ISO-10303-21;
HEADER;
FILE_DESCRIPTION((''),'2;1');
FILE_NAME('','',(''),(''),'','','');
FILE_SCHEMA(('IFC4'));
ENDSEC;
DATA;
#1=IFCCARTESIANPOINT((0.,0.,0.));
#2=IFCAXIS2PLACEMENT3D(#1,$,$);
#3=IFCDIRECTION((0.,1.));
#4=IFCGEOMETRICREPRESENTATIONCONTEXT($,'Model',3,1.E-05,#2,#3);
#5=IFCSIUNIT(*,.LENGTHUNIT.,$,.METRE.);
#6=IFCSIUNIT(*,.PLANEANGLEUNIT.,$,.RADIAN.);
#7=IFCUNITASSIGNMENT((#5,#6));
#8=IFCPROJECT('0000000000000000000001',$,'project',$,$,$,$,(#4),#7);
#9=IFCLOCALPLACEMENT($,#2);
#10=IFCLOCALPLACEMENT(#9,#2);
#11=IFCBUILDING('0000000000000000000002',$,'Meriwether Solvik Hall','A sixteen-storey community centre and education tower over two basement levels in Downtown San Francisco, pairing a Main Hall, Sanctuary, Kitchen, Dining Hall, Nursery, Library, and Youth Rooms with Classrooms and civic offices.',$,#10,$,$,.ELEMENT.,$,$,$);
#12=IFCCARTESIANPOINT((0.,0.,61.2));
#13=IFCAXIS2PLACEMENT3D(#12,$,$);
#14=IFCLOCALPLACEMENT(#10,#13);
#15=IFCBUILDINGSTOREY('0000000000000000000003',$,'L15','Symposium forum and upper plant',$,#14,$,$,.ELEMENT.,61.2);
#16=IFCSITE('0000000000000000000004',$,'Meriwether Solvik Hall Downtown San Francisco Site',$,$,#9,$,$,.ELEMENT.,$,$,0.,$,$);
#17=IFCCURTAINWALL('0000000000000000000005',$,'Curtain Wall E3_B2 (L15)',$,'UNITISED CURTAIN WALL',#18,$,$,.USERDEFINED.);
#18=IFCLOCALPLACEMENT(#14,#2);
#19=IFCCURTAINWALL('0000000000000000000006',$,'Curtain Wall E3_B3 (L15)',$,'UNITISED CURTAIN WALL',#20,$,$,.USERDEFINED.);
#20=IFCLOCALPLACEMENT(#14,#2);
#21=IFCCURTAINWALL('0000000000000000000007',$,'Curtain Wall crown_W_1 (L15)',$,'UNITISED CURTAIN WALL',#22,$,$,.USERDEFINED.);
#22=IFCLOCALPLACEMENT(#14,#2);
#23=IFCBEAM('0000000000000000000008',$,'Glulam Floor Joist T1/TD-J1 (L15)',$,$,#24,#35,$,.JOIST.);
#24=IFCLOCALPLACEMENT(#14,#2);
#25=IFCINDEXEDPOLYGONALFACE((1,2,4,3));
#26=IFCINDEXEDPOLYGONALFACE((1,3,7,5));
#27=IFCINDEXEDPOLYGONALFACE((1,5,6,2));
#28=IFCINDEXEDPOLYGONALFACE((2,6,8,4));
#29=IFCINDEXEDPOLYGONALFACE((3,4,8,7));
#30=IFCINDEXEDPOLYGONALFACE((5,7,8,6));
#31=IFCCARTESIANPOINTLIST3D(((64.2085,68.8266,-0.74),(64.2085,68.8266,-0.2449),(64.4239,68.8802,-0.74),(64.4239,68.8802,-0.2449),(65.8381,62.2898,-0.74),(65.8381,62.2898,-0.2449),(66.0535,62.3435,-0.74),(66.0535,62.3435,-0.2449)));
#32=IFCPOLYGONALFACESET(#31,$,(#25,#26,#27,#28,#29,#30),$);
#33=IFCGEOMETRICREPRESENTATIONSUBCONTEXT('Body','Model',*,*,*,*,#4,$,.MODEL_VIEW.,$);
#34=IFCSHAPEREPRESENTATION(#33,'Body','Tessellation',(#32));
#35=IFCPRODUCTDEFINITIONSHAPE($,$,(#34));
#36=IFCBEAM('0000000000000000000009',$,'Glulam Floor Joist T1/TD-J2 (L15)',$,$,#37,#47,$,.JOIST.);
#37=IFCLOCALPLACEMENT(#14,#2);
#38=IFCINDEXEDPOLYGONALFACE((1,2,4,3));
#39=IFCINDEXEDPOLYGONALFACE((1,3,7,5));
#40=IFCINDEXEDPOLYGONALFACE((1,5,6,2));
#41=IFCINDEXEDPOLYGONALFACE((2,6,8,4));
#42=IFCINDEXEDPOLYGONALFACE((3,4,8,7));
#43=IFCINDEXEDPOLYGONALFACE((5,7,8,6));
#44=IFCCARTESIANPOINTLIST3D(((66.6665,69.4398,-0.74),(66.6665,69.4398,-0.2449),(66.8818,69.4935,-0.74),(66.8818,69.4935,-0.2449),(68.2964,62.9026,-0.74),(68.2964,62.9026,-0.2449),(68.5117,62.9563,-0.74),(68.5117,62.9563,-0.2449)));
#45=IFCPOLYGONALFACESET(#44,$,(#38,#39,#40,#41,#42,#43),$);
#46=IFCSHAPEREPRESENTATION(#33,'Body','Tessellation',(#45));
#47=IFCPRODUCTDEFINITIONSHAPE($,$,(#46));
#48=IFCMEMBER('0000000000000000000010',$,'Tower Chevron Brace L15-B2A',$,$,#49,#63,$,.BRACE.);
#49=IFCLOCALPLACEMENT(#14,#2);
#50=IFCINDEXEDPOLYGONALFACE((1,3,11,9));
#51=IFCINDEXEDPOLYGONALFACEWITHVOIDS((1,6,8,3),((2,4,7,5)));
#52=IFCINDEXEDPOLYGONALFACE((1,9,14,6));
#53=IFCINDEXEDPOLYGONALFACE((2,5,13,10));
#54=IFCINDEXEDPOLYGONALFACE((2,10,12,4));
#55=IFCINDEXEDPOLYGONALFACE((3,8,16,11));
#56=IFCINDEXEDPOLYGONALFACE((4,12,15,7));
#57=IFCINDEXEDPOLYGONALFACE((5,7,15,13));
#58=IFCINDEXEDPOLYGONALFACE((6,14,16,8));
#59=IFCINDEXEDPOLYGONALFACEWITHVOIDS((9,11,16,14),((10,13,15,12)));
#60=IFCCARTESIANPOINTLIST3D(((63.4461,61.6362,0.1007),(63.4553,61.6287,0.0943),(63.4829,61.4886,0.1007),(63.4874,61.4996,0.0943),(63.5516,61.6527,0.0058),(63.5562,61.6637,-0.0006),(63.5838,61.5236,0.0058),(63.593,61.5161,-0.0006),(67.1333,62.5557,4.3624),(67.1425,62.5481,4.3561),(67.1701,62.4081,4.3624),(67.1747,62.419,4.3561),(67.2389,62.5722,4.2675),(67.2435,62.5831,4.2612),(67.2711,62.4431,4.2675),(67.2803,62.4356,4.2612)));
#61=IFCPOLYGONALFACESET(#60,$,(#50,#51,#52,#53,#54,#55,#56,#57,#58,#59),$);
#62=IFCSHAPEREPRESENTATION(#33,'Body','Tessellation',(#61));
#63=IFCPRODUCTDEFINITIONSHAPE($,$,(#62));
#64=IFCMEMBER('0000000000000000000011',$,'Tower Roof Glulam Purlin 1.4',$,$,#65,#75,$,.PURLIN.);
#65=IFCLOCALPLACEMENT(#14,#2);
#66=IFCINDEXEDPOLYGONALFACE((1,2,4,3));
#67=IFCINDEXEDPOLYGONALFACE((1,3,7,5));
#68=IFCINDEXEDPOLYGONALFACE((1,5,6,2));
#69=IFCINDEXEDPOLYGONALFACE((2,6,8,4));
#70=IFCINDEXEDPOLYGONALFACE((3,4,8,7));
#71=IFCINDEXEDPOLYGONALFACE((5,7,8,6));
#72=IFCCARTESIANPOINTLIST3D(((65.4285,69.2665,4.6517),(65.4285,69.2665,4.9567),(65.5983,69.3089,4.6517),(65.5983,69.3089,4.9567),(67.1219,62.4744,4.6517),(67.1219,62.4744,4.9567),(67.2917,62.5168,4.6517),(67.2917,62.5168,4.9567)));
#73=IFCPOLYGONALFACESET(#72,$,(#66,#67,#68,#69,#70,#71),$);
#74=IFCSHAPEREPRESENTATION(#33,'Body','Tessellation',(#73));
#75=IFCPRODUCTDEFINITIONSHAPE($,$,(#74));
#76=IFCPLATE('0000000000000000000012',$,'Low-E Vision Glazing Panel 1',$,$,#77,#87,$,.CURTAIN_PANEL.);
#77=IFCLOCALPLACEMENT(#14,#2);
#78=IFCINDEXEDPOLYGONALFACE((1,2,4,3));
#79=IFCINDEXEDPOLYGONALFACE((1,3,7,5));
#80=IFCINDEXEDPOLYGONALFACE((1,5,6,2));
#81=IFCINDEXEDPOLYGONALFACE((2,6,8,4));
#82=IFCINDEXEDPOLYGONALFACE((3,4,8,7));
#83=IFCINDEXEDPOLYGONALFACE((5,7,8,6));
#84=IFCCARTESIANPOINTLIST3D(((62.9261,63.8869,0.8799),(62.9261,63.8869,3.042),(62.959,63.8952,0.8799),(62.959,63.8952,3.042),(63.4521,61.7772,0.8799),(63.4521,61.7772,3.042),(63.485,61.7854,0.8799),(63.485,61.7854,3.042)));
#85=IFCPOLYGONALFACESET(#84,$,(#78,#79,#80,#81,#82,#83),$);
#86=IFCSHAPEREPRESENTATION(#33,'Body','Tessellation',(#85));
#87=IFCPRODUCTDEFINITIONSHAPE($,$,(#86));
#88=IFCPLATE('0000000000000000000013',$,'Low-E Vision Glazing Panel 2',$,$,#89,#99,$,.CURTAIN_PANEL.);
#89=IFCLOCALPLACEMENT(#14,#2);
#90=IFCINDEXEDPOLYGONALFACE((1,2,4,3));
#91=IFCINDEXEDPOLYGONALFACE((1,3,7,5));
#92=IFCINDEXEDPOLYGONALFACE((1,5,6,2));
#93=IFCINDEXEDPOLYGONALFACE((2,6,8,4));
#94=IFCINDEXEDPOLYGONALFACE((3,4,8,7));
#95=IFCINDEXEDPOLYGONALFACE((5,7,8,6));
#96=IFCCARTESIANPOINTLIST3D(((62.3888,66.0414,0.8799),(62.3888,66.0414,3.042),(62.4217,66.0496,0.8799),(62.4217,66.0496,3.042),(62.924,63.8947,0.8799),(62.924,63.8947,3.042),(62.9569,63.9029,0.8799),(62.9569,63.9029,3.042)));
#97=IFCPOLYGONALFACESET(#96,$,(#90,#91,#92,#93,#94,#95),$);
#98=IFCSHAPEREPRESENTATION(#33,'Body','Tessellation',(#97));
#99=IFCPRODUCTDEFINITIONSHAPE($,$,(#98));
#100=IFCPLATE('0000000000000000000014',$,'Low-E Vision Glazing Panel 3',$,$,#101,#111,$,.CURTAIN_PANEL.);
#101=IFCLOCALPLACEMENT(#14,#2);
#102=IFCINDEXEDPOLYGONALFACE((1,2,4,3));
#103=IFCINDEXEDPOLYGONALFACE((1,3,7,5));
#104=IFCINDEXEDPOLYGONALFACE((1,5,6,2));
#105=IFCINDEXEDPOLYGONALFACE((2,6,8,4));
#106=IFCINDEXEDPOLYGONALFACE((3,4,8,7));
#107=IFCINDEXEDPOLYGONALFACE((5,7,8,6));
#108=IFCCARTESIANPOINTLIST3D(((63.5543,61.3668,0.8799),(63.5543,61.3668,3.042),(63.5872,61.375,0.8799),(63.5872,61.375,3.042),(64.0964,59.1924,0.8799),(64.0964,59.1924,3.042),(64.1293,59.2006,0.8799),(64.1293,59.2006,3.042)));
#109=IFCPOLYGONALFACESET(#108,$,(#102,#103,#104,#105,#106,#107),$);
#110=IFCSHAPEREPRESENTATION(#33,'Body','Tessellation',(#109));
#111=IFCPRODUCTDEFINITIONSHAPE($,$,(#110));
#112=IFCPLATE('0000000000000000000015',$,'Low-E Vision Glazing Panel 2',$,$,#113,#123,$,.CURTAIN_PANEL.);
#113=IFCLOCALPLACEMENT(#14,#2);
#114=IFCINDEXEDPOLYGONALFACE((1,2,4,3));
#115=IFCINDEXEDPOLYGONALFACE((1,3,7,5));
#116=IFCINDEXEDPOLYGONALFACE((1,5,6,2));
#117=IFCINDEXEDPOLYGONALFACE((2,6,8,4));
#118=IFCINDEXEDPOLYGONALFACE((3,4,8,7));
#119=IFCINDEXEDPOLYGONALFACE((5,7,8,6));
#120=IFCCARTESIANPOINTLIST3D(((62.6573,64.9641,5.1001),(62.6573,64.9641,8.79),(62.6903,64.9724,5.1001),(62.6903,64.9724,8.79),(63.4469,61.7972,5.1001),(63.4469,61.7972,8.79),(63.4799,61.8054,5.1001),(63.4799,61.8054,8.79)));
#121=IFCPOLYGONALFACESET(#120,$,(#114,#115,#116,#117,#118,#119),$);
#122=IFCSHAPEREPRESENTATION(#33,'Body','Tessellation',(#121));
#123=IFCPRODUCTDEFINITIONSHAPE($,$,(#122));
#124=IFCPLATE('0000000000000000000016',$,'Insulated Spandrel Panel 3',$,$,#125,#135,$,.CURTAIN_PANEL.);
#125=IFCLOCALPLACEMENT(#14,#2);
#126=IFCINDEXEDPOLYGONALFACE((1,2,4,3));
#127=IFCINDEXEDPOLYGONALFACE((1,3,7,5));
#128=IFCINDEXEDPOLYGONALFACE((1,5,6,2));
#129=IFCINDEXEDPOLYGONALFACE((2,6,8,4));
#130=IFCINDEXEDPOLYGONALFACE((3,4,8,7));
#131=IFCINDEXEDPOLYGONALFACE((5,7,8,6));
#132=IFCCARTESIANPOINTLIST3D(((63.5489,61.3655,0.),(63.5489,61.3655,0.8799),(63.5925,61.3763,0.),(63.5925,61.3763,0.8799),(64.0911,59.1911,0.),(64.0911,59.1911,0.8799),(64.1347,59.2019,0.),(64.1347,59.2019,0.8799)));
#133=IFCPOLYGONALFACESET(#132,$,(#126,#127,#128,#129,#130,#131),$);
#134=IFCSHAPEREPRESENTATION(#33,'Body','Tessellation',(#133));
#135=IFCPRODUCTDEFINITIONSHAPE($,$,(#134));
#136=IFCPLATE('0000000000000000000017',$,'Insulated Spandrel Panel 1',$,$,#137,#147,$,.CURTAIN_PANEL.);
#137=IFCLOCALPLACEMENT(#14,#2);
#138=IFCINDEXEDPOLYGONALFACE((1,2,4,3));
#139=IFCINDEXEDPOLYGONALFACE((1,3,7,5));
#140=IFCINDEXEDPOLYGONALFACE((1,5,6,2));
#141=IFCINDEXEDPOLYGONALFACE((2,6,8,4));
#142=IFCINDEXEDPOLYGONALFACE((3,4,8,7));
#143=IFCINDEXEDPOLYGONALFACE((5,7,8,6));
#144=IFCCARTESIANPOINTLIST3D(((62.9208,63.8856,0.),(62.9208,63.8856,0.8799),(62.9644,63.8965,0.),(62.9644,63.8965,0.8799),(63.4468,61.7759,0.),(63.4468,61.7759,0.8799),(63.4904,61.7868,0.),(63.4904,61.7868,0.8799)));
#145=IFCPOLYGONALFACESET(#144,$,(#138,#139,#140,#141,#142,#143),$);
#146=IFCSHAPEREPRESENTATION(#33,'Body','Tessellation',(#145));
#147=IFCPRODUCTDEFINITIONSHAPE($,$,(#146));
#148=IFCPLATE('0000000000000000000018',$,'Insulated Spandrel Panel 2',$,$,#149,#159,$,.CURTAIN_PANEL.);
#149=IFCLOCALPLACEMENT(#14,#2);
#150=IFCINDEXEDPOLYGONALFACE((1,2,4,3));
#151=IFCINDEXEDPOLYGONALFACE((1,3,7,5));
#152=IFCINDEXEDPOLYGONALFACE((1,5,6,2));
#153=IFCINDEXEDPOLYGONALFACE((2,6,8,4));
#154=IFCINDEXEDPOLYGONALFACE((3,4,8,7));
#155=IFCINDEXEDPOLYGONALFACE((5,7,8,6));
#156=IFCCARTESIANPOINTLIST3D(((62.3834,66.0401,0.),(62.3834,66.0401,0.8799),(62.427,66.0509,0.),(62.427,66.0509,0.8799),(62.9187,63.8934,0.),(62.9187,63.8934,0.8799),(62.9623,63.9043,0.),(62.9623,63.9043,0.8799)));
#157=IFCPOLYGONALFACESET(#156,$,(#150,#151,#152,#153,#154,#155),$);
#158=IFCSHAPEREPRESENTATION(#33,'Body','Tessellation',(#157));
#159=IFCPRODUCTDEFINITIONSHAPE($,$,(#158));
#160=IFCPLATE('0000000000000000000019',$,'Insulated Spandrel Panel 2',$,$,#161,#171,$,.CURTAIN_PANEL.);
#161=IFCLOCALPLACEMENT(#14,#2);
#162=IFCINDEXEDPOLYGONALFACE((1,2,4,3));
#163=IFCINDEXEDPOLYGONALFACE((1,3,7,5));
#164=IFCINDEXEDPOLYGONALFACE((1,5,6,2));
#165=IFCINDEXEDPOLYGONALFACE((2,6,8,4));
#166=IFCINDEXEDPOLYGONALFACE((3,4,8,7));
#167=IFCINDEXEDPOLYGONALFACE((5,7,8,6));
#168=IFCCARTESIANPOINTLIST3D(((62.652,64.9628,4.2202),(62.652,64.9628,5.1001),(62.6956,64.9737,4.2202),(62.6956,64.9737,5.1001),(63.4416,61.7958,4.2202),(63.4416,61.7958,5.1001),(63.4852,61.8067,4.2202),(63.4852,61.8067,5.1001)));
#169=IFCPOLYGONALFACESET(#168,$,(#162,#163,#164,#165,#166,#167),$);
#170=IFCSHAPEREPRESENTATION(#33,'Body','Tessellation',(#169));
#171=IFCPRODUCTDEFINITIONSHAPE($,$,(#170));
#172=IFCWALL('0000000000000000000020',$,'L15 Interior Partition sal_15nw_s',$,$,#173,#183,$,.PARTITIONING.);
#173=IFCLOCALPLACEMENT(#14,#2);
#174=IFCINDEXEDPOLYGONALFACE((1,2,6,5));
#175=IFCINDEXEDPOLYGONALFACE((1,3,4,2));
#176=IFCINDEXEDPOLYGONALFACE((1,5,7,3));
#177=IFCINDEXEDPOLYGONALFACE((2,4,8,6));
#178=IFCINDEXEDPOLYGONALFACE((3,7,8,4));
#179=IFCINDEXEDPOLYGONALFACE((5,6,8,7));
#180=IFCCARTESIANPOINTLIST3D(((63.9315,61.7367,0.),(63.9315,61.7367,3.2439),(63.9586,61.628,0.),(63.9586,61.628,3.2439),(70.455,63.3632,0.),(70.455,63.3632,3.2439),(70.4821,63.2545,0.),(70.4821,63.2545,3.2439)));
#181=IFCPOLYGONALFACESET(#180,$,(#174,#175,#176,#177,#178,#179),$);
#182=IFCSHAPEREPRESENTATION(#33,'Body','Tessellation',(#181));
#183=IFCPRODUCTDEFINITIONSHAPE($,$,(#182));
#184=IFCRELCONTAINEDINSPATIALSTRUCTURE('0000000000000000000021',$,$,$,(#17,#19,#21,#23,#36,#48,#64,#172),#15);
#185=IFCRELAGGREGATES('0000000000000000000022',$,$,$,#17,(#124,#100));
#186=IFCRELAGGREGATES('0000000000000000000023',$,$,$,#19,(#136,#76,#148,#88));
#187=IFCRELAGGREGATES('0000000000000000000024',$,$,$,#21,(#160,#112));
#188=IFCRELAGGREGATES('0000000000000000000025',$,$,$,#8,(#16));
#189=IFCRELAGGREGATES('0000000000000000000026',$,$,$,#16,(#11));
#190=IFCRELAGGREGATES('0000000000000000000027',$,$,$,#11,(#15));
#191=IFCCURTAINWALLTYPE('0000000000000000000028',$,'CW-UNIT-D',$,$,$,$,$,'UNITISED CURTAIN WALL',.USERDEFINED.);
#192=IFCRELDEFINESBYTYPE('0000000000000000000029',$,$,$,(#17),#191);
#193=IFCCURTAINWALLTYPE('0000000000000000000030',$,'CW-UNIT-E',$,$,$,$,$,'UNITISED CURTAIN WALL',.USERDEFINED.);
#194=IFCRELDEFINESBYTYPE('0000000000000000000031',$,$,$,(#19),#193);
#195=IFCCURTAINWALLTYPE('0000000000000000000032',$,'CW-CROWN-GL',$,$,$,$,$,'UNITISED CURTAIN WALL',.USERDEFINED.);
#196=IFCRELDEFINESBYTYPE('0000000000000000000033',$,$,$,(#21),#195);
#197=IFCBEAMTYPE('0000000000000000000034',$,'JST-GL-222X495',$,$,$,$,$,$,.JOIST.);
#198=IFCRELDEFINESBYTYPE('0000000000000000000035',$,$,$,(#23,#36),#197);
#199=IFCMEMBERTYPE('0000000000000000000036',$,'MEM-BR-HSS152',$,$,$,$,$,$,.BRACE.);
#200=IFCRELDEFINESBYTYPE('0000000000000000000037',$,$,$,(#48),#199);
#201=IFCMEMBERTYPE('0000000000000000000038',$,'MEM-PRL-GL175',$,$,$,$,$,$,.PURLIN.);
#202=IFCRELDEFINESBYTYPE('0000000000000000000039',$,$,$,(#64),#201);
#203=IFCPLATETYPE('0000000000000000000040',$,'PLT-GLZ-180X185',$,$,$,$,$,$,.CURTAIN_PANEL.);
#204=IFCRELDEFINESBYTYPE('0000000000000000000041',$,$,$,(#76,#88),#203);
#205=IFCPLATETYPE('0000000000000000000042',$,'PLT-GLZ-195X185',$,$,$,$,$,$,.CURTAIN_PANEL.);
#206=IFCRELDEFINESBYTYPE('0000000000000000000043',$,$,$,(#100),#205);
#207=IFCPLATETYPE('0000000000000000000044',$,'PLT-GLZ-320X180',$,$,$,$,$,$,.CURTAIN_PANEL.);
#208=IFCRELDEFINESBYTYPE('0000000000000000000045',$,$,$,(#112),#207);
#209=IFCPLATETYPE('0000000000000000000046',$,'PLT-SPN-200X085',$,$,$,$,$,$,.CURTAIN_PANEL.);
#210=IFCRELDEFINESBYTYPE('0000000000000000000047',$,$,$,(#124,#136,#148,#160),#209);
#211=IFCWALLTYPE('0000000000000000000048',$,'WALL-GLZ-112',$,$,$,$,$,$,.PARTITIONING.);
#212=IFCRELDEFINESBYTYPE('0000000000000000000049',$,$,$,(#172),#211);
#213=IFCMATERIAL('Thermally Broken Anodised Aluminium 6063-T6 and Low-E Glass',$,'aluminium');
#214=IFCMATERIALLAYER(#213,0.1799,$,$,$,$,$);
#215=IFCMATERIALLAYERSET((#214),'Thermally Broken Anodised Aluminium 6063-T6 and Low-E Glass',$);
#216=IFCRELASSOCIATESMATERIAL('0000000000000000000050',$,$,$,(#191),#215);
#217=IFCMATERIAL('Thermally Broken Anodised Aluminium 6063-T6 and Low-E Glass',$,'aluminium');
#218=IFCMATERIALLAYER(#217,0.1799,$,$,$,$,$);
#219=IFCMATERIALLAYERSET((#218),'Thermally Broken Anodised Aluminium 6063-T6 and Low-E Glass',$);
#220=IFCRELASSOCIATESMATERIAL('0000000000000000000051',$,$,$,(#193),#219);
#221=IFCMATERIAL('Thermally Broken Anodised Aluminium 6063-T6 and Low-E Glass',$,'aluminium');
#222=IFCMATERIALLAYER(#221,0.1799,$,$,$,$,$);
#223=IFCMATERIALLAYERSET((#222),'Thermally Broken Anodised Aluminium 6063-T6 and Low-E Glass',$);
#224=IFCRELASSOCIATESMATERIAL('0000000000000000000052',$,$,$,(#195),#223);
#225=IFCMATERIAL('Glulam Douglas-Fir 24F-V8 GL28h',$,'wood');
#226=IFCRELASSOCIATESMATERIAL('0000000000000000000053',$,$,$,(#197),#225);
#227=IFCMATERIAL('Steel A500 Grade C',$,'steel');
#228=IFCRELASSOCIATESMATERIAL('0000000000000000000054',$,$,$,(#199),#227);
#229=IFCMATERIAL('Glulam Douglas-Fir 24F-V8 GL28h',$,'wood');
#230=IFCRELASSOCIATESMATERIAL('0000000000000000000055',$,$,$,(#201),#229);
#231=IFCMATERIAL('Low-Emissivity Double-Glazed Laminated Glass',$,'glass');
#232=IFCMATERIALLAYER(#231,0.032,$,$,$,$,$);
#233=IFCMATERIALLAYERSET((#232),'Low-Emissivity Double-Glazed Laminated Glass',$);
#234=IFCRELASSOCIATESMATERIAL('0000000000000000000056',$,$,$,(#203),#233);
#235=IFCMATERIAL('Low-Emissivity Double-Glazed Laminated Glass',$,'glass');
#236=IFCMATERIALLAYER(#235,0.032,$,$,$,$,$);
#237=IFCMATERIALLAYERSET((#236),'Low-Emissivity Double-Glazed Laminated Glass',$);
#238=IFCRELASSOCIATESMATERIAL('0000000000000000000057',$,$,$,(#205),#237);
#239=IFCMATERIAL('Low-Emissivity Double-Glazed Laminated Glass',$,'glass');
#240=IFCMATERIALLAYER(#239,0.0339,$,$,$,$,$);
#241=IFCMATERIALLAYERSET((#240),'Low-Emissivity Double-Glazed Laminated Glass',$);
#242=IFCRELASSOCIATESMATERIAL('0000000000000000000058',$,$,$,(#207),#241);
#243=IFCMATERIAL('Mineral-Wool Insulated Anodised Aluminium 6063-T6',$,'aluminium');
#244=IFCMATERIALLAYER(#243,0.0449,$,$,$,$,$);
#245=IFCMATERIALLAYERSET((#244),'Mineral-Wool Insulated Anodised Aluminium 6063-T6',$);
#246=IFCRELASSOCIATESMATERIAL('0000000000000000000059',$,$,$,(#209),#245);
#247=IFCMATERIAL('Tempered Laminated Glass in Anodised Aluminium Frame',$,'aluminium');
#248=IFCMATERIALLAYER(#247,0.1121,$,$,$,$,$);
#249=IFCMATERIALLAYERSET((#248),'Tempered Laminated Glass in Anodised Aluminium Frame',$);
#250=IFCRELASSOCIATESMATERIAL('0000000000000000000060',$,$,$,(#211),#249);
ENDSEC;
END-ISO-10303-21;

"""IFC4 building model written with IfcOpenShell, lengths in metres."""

from ifc_helpers import new_model, si_unit, direction, frame, frame_2d, origin, origin_2d, place, context, subcontext, project, spatial, rectangle, hollow_rectangle, extrude, material, layer, layer_set, material_profile, profile_set, type_object, element, aggregate, save


model = new_model("IFC4")

# Units and contexts
model_context = context("Model", 3, precision=1e-05, world=origin(), true_north=direction((0.0, 1.0)))
body_context = subcontext(model_context, "Body", "Model", "MODEL_VIEW")
ifc_project = project(units=[si_unit("LENGTHUNIT", "METRE"), si_unit("PLANEANGLEUNIT", "RADIAN")], contexts=[model_context])

# Site, building, storey
site_placement = place(None, origin())
site = spatial("IfcSite", under=ifc_project, at=site_placement, Name="Meriwether Solvik Hall Downtown San Francisco Site", CompositionType="ELEMENT", RefElevation=0.0)
building_placement = place(site_placement, origin())
building = spatial("IfcBuilding", under=site, at=building_placement, Name="Meriwether Solvik Hall", Description="A sixteen-storey community centre and education tower over two basement levels in Downtown San Francisco, pairing a Main Hall, Sanctuary, Kitchen, Dining Hall, Nursery, Library, and Youth Rooms with Classrooms and civic offices.", CompositionType="ELEMENT")
storey_placement = place(building_placement, frame((0.0, 0.0, 61.2)))
storey = spatial("IfcBuildingStorey", under=building, at=storey_placement, Name="L15", Description="Symposium forum and upper plant", CompositionType="ELEMENT", Elevation=61.2)

# Curtain walls
ifc_material_1 = material(Name="Thermally Broken Anodised Aluminium 6063-T6 and Low-E Glass", Category="aluminium")
ifc_layer_1 = layer(ifc_material_1, 0.1799)
ifc_layer_set_1 = layer_set([ifc_layer_1], Name="Thermally Broken Anodised Aluminium 6063-T6 and Low-E Glass")
curtain_wall_type_1 = type_object("IfcCurtainWallType", Name="CW-UNIT-D", ElementType="UNITISED CURTAIN WALL", PredefinedType="USERDEFINED", material=ifc_layer_set_1)
curtain_wall_1_placement = place(storey_placement, origin())
curtain_wall_1 = element("IfcCurtainWall", 1, at=curtain_wall_1_placement, inside=storey, type_object=curtain_wall_type_1, Name="Curtain Wall E3_B2 (L15)", ObjectType="UNITISED CURTAIN WALL", PredefinedType="USERDEFINED")
ifc_material_2 = material(Name="Thermally Broken Anodised Aluminium 6063-T6 and Low-E Glass", Category="aluminium")
ifc_layer_2 = layer(ifc_material_2, 0.1799)
ifc_layer_set_2 = layer_set([ifc_layer_2], Name="Thermally Broken Anodised Aluminium 6063-T6 and Low-E Glass")
curtain_wall_type_2 = type_object("IfcCurtainWallType", Name="CW-UNIT-E", ElementType="UNITISED CURTAIN WALL", PredefinedType="USERDEFINED", material=ifc_layer_set_2)
curtain_wall_2_placement = place(storey_placement, origin())
curtain_wall_2 = element("IfcCurtainWall", 2, at=curtain_wall_2_placement, inside=storey, type_object=curtain_wall_type_2, Name="Curtain Wall E3_B3 (L15)", ObjectType="UNITISED CURTAIN WALL", PredefinedType="USERDEFINED")
ifc_material_3 = material(Name="Thermally Broken Anodised Aluminium 6063-T6 and Low-E Glass", Category="aluminium")
ifc_layer_3 = layer(ifc_material_3, 0.1799)
ifc_layer_set_3 = layer_set([ifc_layer_3], Name="Thermally Broken Anodised Aluminium 6063-T6 and Low-E Glass")
curtain_wall_type_3 = type_object("IfcCurtainWallType", Name="CW-CROWN-GL", ElementType="UNITISED CURTAIN WALL", PredefinedType="USERDEFINED", material=ifc_layer_set_3)
curtain_wall_3_placement = place(storey_placement, origin())
curtain_wall_3 = element("IfcCurtainWall", 3, at=curtain_wall_3_placement, inside=storey, type_object=curtain_wall_type_3, Name="Curtain Wall crown_W_1 (L15)", ObjectType="UNITISED CURTAIN WALL", PredefinedType="USERDEFINED")

# Beams
ifc_material_4 = material(Name="Glulam Douglas-Fir 24F-V8 GL28h", Category="wood")
ifc_material_profile_1 = material_profile(ifc_material_4, rectangle(XDim=0.2219, YDim=0.4951, at=origin_2d()), Name="GLJ-222X495")
ifc_profile_set_1 = profile_set([ifc_material_profile_1], Name="Glulam Douglas-Fir 24F-V8 GL28h")
beam_type_1 = type_object("IfcBeamType", Name="JST-GL-222X495", PredefinedType="JOIST", material=ifc_profile_set_1)
beam_1_placement = place(storey_placement, frame((65.9458, 62.3167, -0.4924), z_axis=(-0.241896, 0.970302, 0.0), x_axis=(-0.970302, -0.241896, 0.0)))
element("IfcBeam", 4, at=beam_1_placement, inside=storey, type_object=beam_type_1, Name="Glulam Floor Joist T1/TD-J1 (L15)", PredefinedType="JOIST", context=body_context, shape_type="SweptSolid", body=[
    extrude(rectangle(XDim=0.2219, YDim=0.4951, at=origin_2d()), origin(), (0.0, 0.0, 1.0), 6.7368),
])
beam_2_placement = place(storey_placement, frame((68.4041, 62.9294, -0.4924), z_axis=(-0.241922, 0.970296, 0.0), x_axis=(-0.970296, -0.241922, 0.0)))
element("IfcBeam", 5, at=beam_2_placement, inside=storey, type_object=beam_type_1, Name="Glulam Floor Joist T1/TD-J2 (L15)", PredefinedType="JOIST", context=body_context, shape_type="SweptSolid", body=[
    extrude(rectangle(XDim=0.2219, YDim=0.4951, at=origin_2d()), origin(), (0.0, 0.0, 1.0), 6.7373),
])

# Members
ifc_material_5 = material(Name="Steel A500 Grade C", Category="steel")
ifc_material_profile_2 = material_profile(ifc_material_5, hollow_rectangle(XDim=0.1521, YDim=0.1521, WallThickness=0.0095, at=origin_2d()), Name="HSS152X152X9.5")
ifc_profile_set_2 = profile_set([ifc_material_profile_2], Name="Steel A500 Grade C")
member_type_1 = type_object("IfcMemberType", Name="MEM-BR-HSS152", PredefinedType="BRACE", material=ifc_profile_set_2)
member_1_placement = place(storey_placement, frame((63.5195, 61.5762, 0.05), z_axis=(0.64576, 0.161023, 0.746368), x_axis=(-0.241946, 0.97029, 0.0)))
element("IfcMember", 6, at=member_1_placement, inside=storey, type_object=member_type_1, Name="Tower Chevron Brace L15-B2A", PredefinedType="BRACE", context=body_context, shape_type="SweptSolid", body=[
    extrude(hollow_rectangle(XDim=0.1521, YDim=0.1521, WallThickness=0.0095, at=origin_2d()), origin(), (0.0, 0.0, 1.0), 5.71),
])
ifc_material_6 = material(Name="Glulam Douglas-Fir 24F-V8 GL28h", Category="wood")
ifc_material_profile_3 = material_profile(ifc_material_6, rectangle(XDim=0.175, YDim=0.3049, at=origin_2d()), Name="GLM-175X305")
ifc_profile_set_3 = profile_set([ifc_material_profile_3], Name="Glulam Douglas-Fir 24F-V8 GL28h")
member_type_2 = type_object("IfcMemberType", Name="MEM-PRL-GL175", PredefinedType="PURLIN", material=ifc_profile_set_3)
member_2_placement = place(storey_placement, frame((67.2068, 62.4956, 4.8042), z_axis=(-0.241912, 0.970298, 0.0), x_axis=(-0.970298, -0.241912, 0.0)))
element("IfcMember", 7, at=member_2_placement, inside=storey, type_object=member_type_2, Name="Tower Roof Glulam Purlin 1.4", PredefinedType="PURLIN", context=body_context, shape_type="SweptSolid", body=[
    extrude(rectangle(XDim=0.175, YDim=0.3049, at=origin_2d()), origin(), (0.0, 0.0, 1.0), 7.0),
])

# Plates
ifc_material_7 = material(Name="Low-Emissivity Double-Glazed Laminated Glass", Category="glass")
ifc_layer_4 = layer(ifc_material_7, 0.032)
ifc_layer_set_4 = layer_set([ifc_layer_4], Name="Low-Emissivity Double-Glazed Laminated Glass")
plate_type_1 = type_object("IfcPlateType", Name="PLT-GLZ-180X185", PredefinedType="CURTAIN_PANEL", material=ifc_layer_set_4)
plate_1_placement = place(storey_placement, frame((63.2056, 62.8362, 0.8799), z_axis=(0.0, 0.0, 1.0), x_axis=(-0.241922, 0.970296, 0.0)))
plate_1 = element("IfcPlate", 8, at=plate_1_placement, type_object=plate_type_1, Name="Low-E Vision Glazing Panel 1", PredefinedType="CURTAIN_PANEL", context=body_context, shape_type="SweptSolid", body=[
    extrude(rectangle(XDim=2.1743, YDim=0.0339, at=origin_2d()), origin(), (0.0, 0.0, 1.0), 2.1621),
])
plate_2_placement = place(storey_placement, frame((62.6729, 64.9722, 0.8799), z_axis=(0.0, 0.0, 1.0), x_axis=(-0.241922, 0.970296, 0.0)))
plate_2 = element("IfcPlate", 9, at=plate_2_placement, type_object=plate_type_1, Name="Low-E Vision Glazing Panel 2", PredefinedType="CURTAIN_PANEL", context=body_context, shape_type="SweptSolid", body=[
    extrude(rectangle(XDim=2.2124, YDim=0.0339, at=origin_2d()), origin(), (0.0, 0.0, 1.0), 2.1621),
])
ifc_material_8 = material(Name="Low-Emissivity Double-Glazed Laminated Glass", Category="glass")
ifc_layer_5 = layer(ifc_material_8, 0.032)
ifc_layer_set_5 = layer_set([ifc_layer_5], Name="Low-Emissivity Double-Glazed Laminated Glass")
plate_type_2 = type_object("IfcPlateType", Name="PLT-GLZ-195X185", PredefinedType="CURTAIN_PANEL", material=ifc_layer_set_5)
plate_3_placement = place(storey_placement, frame((63.8418, 60.2837, 0.8799), z_axis=(0.0, 0.0, 1.0), x_axis=(-0.241922, 0.970296, 0.0)))
plate_3 = element("IfcPlate", 10, at=plate_3_placement, type_object=plate_type_2, Name="Low-E Vision Glazing Panel 3", PredefinedType="CURTAIN_PANEL", context=body_context, shape_type="SweptSolid", body=[
    extrude(rectangle(XDim=2.241, YDim=0.0339, at=origin_2d()), origin(), (0.0, 0.0, 1.0), 2.1621),
])
ifc_material_9 = material(Name="Low-Emissivity Double-Glazed Laminated Glass", Category="glass")
ifc_layer_6 = layer(ifc_material_9, 0.0339)
ifc_layer_set_6 = layer_set([ifc_layer_6], Name="Low-Emissivity Double-Glazed Laminated Glass")
plate_type_3 = type_object("IfcPlateType", Name="PLT-GLZ-320X180", PredefinedType="CURTAIN_PANEL", material=ifc_layer_set_6)
plate_4_placement = place(storey_placement, frame((63.0686, 63.3848, 5.1001), z_axis=(0.0, 0.0, 1.0), x_axis=(0.241922, -0.970296, 0.0)))
plate_4 = element("IfcPlate", 11, at=plate_4_placement, type_object=plate_type_3, Name="Low-E Vision Glazing Panel 2", PredefinedType="CURTAIN_PANEL", context=body_context, shape_type="SweptSolid", body=[
    extrude(rectangle(XDim=3.2639, YDim=0.0339, at=origin_2d()), origin(), (0.0, 0.0, 1.0), 3.6899),
])
ifc_material_10 = material(Name="Mineral-Wool Insulated Anodised Aluminium 6063-T6", Category="aluminium")
ifc_layer_7 = layer(ifc_material_10, 0.0449)
ifc_layer_set_7 = layer_set([ifc_layer_7], Name="Mineral-Wool Insulated Anodised Aluminium 6063-T6")
plate_type_4 = type_object("IfcPlateType", Name="PLT-SPN-200X085", PredefinedType="CURTAIN_PANEL", material=ifc_layer_set_7)
plate_5_placement = place(storey_placement, frame((63.8418, 60.2837, 0.0), z_axis=(0.0, 0.0, 1.0), x_axis=(-0.241922, 0.970296, 0.0)))
plate_5 = element("IfcPlate", 12, at=plate_5_placement, type_object=plate_type_4, Name="Insulated Spandrel Panel 3", PredefinedType="CURTAIN_PANEL", context=body_context, shape_type="SweptSolid", body=[
    extrude(rectangle(XDim=2.241, YDim=0.0449, at=origin_2d()), origin(), (0.0, 0.0, 1.0), 0.8799),
])
aggregate(curtain_wall_1, [plate_5, plate_3])
plate_6_placement = place(storey_placement, frame((63.2056, 62.8362, 0.0), z_axis=(0.0, 0.0, 1.0), x_axis=(-0.241922, 0.970296, 0.0)))
plate_6 = element("IfcPlate", 13, at=plate_6_placement, type_object=plate_type_4, Name="Insulated Spandrel Panel 1", PredefinedType="CURTAIN_PANEL", context=body_context, shape_type="SweptSolid", body=[
    extrude(rectangle(XDim=2.1743, YDim=0.0449, at=origin_2d()), origin(), (0.0, 0.0, 1.0), 0.8799),
])
plate_7_placement = place(storey_placement, frame((62.6729, 64.9722, 0.0), z_axis=(0.0, 0.0, 1.0), x_axis=(-0.241922, 0.970296, 0.0)))
plate_7 = element("IfcPlate", 14, at=plate_7_placement, type_object=plate_type_4, Name="Insulated Spandrel Panel 2", PredefinedType="CURTAIN_PANEL", context=body_context, shape_type="SweptSolid", body=[
    extrude(rectangle(XDim=2.2124, YDim=0.0449, at=origin_2d()), origin(), (0.0, 0.0, 1.0), 0.8799),
])
aggregate(curtain_wall_2, [plate_6, plate_1, plate_7, plate_2])
plate_8_placement = place(storey_placement, frame((63.0686, 63.3848, 4.2202), z_axis=(0.0, 0.0, 1.0), x_axis=(0.241922, -0.970296, 0.0)))
plate_8 = element("IfcPlate", 15, at=plate_8_placement, type_object=plate_type_4, Name="Insulated Spandrel Panel 2", PredefinedType="CURTAIN_PANEL", context=body_context, shape_type="SweptSolid", body=[
    extrude(rectangle(XDim=3.2639, YDim=0.0449, at=origin_2d()), origin(), (0.0, 0.0, 1.0), 0.8799),
])
aggregate(curtain_wall_3, [plate_8, plate_4])

# Wall
ifc_material_11 = material(Name="Tempered Laminated Glass in Anodised Aluminium Frame", Category="aluminium")
ifc_layer_8 = layer(ifc_material_11, 0.1121)
ifc_layer_set_8 = layer_set([ifc_layer_8], Name="Tempered Laminated Glass in Anodised Aluminium Frame")
wall_type = type_object("IfcWallType", Name="WALL-GLZ-112", PredefinedType="PARTITIONING", material=ifc_layer_set_8)
wall_placement = place(storey_placement, frame((63.9451, 61.6824, 0.0), z_axis=(0.0, 0.0, 1.0), x_axis=(0.970296, 0.24192, 0.0)))
element("IfcWall", 16, at=wall_placement, inside=storey, type_object=wall_type, Name="L15 Interior Partition sal_15nw_s", PredefinedType="PARTITIONING", context=body_context, shape_type="SweptSolid", body=[
    extrude(rectangle(XDim=6.7231, YDim=0.1121, at=frame_2d((3.3616, 0.0))), origin(), (0.0, 0.0, 1.0), 3.2439),
])

save(model, "model.ifc")
